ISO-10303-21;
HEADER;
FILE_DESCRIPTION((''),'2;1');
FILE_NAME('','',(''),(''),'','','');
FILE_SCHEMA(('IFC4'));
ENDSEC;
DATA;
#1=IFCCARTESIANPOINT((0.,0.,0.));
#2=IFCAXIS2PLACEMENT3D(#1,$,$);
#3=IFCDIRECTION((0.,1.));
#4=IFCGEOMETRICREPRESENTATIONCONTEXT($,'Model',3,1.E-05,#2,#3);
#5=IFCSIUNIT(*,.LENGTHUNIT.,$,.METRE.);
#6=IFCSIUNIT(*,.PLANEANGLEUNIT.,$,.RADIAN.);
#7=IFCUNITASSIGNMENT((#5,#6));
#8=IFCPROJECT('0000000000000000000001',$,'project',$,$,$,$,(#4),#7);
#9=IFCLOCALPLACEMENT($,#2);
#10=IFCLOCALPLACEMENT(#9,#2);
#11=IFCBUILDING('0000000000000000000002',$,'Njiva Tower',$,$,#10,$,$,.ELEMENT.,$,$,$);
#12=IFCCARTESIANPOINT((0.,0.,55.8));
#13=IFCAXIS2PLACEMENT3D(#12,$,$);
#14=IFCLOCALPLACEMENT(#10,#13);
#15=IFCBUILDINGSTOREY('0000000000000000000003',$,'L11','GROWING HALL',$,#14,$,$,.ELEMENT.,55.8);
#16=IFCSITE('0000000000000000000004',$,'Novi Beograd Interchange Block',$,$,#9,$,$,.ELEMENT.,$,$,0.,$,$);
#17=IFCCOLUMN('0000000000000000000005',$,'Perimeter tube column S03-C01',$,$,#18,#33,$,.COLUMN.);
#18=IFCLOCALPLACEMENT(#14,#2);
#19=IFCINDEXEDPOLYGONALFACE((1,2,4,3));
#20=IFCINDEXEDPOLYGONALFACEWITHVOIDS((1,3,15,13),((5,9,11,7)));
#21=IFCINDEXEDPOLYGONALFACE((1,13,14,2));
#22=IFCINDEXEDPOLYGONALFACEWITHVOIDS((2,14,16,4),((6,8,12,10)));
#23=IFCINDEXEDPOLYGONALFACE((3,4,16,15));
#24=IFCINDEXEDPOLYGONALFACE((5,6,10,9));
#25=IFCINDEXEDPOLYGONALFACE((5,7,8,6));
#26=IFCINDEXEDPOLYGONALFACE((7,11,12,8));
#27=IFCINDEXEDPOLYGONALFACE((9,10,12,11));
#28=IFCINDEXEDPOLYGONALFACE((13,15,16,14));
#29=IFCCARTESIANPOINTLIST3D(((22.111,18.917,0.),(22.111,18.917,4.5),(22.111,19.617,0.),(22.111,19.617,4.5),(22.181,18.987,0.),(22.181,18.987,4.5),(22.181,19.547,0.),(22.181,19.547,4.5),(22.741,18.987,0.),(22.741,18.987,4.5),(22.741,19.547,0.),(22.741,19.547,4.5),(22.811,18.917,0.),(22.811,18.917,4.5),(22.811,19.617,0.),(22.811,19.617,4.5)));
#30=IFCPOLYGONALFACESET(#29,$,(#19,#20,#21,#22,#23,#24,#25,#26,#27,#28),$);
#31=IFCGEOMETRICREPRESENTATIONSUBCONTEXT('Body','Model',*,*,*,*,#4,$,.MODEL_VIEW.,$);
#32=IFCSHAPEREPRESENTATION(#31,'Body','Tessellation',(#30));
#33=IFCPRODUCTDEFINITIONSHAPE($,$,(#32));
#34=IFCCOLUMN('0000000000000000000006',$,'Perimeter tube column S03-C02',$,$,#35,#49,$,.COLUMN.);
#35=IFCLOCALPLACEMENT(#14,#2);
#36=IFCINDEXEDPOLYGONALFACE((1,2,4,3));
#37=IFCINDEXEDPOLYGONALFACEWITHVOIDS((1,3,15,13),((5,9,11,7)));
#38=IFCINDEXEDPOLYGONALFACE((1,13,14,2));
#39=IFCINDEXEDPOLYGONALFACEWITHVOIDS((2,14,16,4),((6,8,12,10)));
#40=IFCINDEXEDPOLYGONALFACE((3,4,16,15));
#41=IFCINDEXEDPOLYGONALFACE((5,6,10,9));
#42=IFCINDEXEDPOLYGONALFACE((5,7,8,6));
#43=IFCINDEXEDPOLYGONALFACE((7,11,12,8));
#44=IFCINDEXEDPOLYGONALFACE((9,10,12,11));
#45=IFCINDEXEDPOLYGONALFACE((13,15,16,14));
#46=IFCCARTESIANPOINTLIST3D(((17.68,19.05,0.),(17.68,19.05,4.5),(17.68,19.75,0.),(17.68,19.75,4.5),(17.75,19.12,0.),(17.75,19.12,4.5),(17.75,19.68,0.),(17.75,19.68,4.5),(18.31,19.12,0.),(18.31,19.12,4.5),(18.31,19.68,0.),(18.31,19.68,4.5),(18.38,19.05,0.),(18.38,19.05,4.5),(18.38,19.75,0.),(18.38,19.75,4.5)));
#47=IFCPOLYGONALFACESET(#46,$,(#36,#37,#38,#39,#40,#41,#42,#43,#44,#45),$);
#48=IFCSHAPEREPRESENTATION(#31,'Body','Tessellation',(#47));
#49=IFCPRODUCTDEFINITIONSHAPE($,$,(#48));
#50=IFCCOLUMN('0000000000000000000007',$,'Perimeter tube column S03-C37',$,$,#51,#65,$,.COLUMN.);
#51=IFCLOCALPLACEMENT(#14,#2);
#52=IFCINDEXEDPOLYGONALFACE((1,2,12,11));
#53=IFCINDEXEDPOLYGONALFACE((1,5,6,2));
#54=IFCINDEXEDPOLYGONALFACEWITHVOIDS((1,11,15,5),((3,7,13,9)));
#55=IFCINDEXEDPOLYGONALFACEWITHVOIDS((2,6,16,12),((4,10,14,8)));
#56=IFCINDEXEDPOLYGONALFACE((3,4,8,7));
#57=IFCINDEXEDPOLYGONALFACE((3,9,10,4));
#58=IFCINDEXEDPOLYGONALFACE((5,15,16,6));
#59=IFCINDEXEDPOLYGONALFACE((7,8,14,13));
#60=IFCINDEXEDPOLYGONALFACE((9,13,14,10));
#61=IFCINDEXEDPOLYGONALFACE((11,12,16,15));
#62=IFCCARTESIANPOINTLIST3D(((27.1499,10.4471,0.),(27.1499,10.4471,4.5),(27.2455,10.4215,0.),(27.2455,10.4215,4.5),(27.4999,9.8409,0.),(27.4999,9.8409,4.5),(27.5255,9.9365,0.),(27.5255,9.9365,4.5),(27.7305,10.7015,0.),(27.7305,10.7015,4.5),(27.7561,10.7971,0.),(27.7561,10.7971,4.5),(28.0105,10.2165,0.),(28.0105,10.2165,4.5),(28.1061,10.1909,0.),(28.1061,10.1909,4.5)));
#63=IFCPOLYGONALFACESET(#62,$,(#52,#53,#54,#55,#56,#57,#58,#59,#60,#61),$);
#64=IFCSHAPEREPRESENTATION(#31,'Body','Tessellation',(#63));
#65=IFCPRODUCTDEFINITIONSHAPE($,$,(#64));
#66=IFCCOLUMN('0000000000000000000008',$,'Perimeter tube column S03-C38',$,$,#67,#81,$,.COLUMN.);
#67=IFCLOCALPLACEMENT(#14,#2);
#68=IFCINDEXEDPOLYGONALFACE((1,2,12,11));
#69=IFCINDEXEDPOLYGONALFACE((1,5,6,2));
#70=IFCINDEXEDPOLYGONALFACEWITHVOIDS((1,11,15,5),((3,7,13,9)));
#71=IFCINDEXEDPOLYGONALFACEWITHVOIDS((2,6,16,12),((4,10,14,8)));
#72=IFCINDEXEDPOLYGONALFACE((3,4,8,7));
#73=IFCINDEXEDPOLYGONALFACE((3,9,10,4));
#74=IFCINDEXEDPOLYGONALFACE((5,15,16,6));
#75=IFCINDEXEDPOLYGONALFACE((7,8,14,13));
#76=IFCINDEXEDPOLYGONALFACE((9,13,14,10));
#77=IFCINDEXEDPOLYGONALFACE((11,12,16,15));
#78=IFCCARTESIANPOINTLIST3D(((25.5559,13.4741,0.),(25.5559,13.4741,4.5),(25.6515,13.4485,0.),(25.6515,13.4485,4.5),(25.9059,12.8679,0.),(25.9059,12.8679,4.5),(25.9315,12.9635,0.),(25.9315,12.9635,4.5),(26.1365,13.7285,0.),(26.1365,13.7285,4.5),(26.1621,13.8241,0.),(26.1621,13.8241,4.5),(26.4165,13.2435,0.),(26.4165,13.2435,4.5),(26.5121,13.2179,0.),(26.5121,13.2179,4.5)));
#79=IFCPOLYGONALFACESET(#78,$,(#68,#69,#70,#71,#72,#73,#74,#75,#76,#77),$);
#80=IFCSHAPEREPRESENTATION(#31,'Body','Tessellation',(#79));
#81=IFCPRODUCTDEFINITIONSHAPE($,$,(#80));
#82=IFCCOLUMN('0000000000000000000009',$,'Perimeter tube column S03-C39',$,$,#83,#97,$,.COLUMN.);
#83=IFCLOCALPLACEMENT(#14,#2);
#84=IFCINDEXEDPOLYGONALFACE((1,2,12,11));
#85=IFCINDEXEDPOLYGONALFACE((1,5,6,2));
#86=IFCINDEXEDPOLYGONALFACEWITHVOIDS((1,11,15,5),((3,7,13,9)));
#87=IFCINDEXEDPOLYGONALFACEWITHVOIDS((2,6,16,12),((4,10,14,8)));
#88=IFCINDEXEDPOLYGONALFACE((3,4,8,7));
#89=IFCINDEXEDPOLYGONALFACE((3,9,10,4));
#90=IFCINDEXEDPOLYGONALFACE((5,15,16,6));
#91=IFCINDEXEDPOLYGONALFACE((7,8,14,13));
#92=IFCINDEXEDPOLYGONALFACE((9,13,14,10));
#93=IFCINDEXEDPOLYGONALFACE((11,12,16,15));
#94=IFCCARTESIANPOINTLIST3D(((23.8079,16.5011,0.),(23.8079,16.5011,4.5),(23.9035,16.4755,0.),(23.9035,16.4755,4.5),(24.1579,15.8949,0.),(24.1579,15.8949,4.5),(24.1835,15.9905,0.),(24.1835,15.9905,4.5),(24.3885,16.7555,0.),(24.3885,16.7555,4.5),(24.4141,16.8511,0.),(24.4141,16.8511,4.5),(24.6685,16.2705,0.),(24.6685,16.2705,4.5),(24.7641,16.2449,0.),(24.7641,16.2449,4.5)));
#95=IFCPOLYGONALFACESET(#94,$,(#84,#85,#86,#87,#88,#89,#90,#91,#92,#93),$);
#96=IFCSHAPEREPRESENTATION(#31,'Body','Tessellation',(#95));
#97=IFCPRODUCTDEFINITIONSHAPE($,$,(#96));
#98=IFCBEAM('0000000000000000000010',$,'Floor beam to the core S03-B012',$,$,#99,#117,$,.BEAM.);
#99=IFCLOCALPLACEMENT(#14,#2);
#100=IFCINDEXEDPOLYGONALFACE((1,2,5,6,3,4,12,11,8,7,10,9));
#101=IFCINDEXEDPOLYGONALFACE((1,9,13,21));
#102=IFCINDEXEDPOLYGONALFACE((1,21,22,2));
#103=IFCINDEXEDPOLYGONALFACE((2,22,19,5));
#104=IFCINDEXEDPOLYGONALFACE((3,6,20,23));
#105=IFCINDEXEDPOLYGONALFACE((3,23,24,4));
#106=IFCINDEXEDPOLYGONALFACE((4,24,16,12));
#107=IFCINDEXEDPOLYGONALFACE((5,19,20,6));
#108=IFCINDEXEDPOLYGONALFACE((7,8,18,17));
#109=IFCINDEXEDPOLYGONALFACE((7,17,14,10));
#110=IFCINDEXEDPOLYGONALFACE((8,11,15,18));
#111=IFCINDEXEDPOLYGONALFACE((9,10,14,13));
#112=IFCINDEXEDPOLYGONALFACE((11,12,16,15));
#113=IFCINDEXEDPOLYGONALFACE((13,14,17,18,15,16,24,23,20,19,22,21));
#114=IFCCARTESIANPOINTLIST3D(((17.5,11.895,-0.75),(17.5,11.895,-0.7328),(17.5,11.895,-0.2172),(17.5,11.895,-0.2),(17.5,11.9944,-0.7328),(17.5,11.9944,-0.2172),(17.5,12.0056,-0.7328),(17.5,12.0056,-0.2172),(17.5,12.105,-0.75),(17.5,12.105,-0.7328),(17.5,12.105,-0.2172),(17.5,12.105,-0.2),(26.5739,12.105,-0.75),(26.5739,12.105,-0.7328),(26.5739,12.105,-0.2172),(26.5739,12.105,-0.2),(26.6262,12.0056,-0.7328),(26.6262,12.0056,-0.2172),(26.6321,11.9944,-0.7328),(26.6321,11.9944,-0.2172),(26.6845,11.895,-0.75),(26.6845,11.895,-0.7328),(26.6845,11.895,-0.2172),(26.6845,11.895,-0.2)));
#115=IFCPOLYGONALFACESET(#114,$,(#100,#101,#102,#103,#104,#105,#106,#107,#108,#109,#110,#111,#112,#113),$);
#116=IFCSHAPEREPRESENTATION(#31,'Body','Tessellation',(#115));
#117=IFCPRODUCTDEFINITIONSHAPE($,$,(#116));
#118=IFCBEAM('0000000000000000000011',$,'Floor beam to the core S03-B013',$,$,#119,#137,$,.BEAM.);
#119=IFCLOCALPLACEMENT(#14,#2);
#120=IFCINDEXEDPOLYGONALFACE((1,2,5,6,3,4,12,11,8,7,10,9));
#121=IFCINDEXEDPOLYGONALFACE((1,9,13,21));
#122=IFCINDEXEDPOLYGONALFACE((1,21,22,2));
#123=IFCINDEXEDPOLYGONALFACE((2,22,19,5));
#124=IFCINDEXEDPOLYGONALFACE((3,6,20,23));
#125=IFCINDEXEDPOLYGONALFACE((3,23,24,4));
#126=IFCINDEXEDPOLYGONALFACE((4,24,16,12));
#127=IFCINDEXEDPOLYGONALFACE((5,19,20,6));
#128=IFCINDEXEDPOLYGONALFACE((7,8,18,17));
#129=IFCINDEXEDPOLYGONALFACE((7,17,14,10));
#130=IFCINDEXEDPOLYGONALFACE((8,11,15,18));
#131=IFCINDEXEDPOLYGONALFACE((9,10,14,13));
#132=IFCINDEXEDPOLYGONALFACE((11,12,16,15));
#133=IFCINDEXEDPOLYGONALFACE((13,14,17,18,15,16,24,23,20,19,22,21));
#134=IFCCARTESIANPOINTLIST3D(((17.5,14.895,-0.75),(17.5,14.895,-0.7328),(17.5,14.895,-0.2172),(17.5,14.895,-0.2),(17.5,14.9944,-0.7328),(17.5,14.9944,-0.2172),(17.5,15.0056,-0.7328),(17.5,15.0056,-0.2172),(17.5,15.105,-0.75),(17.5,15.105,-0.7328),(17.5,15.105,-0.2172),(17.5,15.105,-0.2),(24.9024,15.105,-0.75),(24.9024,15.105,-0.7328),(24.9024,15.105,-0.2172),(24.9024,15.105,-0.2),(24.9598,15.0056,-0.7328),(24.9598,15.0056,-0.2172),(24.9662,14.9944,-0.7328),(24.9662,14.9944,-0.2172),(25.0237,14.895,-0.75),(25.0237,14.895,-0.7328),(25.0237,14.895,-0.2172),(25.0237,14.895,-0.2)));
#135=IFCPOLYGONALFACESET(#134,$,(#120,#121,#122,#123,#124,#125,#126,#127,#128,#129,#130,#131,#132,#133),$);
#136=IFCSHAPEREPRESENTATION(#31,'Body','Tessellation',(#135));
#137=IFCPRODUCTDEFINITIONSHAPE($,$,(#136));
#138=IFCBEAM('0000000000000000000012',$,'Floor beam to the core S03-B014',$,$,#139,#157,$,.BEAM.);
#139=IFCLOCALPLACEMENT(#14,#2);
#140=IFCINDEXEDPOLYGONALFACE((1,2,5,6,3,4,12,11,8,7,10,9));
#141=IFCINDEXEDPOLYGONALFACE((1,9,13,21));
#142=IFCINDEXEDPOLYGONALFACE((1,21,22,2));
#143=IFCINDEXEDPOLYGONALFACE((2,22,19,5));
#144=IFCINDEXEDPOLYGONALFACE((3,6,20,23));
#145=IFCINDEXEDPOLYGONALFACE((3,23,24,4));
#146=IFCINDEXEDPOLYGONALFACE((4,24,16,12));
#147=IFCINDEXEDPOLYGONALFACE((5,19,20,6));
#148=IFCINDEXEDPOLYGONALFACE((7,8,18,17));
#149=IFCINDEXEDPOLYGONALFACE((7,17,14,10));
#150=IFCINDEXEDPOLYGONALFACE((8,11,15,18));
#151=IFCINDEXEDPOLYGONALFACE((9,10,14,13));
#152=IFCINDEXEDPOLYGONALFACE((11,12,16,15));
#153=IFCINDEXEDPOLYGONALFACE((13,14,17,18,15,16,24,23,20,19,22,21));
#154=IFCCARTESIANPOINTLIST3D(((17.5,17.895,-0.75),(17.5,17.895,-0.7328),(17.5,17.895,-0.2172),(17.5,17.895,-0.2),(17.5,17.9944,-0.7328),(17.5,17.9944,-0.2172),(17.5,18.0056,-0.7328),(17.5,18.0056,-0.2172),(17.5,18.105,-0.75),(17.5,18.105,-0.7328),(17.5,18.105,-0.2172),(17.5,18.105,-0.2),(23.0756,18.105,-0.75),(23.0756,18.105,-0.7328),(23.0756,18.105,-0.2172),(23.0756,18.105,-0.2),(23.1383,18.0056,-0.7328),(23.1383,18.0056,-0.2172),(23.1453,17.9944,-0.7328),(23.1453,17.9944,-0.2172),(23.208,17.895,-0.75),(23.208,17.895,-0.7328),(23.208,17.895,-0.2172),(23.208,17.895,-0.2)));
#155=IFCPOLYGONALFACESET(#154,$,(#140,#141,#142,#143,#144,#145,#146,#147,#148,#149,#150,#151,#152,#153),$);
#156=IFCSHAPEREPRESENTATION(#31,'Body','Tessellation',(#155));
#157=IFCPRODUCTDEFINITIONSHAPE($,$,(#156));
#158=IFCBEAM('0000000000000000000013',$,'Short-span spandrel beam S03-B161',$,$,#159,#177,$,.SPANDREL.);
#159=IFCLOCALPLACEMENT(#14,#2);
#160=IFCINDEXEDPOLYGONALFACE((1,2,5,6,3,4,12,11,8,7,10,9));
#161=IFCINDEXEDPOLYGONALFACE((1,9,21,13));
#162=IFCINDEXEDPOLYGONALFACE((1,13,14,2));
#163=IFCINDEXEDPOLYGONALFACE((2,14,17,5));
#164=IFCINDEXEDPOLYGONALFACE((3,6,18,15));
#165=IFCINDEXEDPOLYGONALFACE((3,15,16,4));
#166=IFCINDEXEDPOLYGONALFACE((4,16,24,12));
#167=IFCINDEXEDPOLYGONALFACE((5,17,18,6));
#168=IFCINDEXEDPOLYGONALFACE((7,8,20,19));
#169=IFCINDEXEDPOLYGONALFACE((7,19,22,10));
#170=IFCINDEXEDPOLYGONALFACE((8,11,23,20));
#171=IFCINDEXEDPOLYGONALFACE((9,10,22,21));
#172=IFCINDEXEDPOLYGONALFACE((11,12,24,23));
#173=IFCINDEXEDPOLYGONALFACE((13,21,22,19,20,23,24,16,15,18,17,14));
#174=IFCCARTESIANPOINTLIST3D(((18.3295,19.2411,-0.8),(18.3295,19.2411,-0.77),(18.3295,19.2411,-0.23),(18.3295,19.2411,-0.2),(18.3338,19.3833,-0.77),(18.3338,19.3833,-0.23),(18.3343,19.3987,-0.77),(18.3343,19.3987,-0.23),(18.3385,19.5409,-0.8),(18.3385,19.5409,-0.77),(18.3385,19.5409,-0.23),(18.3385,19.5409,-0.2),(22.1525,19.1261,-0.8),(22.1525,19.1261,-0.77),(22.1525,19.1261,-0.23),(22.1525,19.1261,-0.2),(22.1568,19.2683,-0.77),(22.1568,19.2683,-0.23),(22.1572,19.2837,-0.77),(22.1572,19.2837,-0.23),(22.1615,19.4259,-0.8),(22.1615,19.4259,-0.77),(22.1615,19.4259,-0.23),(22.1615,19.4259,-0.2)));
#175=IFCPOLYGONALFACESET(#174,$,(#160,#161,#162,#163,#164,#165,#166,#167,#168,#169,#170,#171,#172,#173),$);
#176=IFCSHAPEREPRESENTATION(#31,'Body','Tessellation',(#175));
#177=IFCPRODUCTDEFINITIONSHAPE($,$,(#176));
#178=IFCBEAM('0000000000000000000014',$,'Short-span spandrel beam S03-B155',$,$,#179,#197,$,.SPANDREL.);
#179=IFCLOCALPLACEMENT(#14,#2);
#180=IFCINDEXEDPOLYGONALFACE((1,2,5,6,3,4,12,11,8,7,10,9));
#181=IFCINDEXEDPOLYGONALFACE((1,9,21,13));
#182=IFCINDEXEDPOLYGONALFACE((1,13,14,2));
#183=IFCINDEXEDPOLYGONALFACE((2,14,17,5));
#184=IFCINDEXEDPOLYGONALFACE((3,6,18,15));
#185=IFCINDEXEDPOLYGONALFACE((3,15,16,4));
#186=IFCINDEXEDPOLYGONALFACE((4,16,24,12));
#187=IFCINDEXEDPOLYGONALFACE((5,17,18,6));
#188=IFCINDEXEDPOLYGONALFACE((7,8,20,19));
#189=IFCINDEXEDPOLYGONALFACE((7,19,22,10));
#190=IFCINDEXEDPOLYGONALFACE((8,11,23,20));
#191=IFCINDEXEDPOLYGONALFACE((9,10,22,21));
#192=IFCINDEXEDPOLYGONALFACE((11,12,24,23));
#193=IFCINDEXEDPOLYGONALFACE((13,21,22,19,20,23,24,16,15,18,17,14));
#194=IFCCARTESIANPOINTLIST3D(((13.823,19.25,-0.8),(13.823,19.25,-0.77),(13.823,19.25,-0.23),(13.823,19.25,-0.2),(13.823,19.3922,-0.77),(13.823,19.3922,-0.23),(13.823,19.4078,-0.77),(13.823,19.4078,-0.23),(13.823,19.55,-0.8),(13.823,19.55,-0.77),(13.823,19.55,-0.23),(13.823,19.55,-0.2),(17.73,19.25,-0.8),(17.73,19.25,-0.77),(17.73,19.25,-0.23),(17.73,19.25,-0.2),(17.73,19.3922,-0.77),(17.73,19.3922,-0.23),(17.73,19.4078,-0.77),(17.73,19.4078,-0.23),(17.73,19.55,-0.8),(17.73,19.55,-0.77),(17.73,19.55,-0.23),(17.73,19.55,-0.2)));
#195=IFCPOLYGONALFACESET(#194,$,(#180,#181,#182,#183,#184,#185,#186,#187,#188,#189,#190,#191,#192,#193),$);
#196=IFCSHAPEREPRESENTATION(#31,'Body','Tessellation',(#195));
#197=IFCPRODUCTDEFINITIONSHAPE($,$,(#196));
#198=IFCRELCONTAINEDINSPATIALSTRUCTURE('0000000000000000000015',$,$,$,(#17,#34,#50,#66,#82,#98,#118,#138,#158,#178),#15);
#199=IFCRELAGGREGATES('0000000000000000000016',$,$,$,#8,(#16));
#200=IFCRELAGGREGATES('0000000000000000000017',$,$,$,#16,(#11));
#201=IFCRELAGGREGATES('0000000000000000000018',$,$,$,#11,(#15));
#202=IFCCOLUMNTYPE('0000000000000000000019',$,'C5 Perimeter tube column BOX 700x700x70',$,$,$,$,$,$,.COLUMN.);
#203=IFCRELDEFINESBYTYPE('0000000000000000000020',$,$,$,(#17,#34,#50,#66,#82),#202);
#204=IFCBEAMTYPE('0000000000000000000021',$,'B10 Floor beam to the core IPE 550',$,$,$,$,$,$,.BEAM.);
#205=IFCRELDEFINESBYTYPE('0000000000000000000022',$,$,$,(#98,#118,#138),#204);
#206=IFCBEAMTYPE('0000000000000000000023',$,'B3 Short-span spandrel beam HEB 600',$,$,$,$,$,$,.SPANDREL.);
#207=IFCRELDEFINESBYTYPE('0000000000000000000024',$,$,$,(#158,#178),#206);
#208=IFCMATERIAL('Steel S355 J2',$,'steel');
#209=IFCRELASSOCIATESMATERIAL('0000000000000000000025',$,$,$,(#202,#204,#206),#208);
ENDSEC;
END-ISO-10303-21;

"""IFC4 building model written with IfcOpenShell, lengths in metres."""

from ifc_helpers import new_model, si_unit, direction, frame, origin, origin_2d, place, context, subcontext, project, spatial, hollow_rectangle, i_section, extrude, clip, halfspace, material, material_profile, profile_set, type_object, element, save


model = new_model("IFC4")

# Units and contexts
model_context = context("Model", 3, precision=1e-05, world=origin(), true_north=direction((0.0, 1.0)))
body_context = subcontext(model_context, "Body", "Model", "MODEL_VIEW")
ifc_project = project(units=[si_unit("LENGTHUNIT", "METRE"), si_unit("PLANEANGLEUNIT", "RADIAN")], contexts=[model_context])

# Site, building, storey
site_placement = place(None, origin())
site = spatial("IfcSite", under=ifc_project, at=site_placement, Name="Novi Beograd Interchange Block", CompositionType="ELEMENT", RefElevation=0.0)
building_placement = place(site_placement, origin())
building = spatial("IfcBuilding", under=site, at=building_placement, Name="Njiva Tower", CompositionType="ELEMENT")
storey_placement = place(building_placement, frame((0.0, 0.0, 55.8)))
storey = spatial("IfcBuildingStorey", under=building, at=storey_placement, Name="L11", Description="GROWING HALL", CompositionType="ELEMENT", Elevation=55.8)

# Columns
ifc_material_1 = material(Name="Steel S355 J2", Category="steel")
ifc_material_profile_1 = material_profile(ifc_material_1, hollow_rectangle(XDim=0.7, YDim=0.7, WallThickness=0.07, at=origin_2d()), Name="BOX 700x700x70")
ifc_profile_set_1 = profile_set([ifc_material_profile_1], Name="Steel S355 J2")
column_type = type_object("IfcColumnType", Name="C5 Perimeter tube column BOX 700x700x70", PredefinedType="COLUMN", material=ifc_profile_set_1)
for number, where, z_axis, x_axis, name in (
    (1, (22.461, 19.267, 0.0), (0.0, 0.0, 1.0), (-1.0, 0.0, 0.0), "Perimeter tube column S03-C01"),
    (2, (18.03, 19.4, 0.0), (0.0, 0.0, 1.0), (-1.0, 0.0, 0.0), "Perimeter tube column S03-C02"),
    (3, (27.628, 10.319, 0.0), (0.0, 0.0, 1.0), (-0.5, 0.866025, 0.0), "Perimeter tube column S03-C37"),
    (4, (26.034, 13.346, 0.0), (0.0, 0.0, 1.0), (-0.5, 0.866025, 0.0), "Perimeter tube column S03-C38"),
    (5, (24.286, 16.373, 0.0), (0.0, 0.0, 1.0), (-0.5, 0.866025, 0.0), "Perimeter tube column S03-C39"),
):
    element("IfcColumn", number, at=place(storey_placement, frame(where, z_axis=z_axis, x_axis=x_axis)), inside=storey, type_object=column_type, Name=name, PredefinedType="COLUMN", context=body_context, shape_type="SweptSolid", body=[
        extrude(hollow_rectangle(XDim=0.7, YDim=0.7, WallThickness=0.07, at=origin_2d()), origin(), (0.0, 0.0, 1.0), 4.5),
    ])

# Beams
ifc_material_profile_2 = material_profile(ifc_material_1, i_section(OverallWidth=0.21, OverallDepth=0.55, WebThickness=0.0111, FlangeThickness=0.0172, at=origin_2d()), Name="IPE 550")
ifc_profile_set_2 = profile_set([ifc_material_profile_2], Name="Steel S355 J2")
beam_type_1 = type_object("IfcBeamType", Name="B10 Floor beam to the core IPE 550", PredefinedType="BEAM", material=ifc_profile_set_2)
beam_1_placement = place(storey_placement, frame((17.5, 12.0, -0.475), z_axis=(1.0, 0.0, 0.0), x_axis=(0.0, 1.0, 0.0)))
element("IfcBeam", 6, at=beam_1_placement, inside=storey, type_object=beam_type_1, Name="Floor beam to the core S03-B012", PredefinedType="BEAM", context=body_context, shape_type="Clipping", body=[
    clip(extrude(i_section(OverallWidth=0.21, OverallDepth=0.55, WebThickness=0.0111, FlangeThickness=0.0172, at=origin_2d()), origin(), (0.0, 0.0, 1.0), 9.204), halfspace(frame((0.0233, 0.0, 9.1169), z_axis=(0.465931, 0.0, 0.884821), x_axis=(0.0, 1.0, 0.0)), False)),
])
beam_2_placement = place(storey_placement, frame((17.5, 15.0, -0.475), z_axis=(1.0, 0.0, 0.0), x_axis=(0.0, 1.0, 0.0)))
element("IfcBeam", 7, at=beam_2_placement, inside=storey, type_object=beam_type_1, Name="Floor beam to the core S03-B013", PredefinedType="BEAM", context=body_context, shape_type="Clipping", body=[
    clip(extrude(i_section(OverallWidth=0.21, OverallDepth=0.55, WebThickness=0.0111, FlangeThickness=0.0172, at=origin_2d()), origin(), (0.0, 0.0, 1.0), 7.544), halfspace(frame((0.025, 0.0, 7.4486), z_axis=(0.499998, 0.0, 0.866027), x_axis=(0.0, 1.0, 0.0)), False)),
])
beam_3_placement = place(storey_placement, frame((17.5, 18.0, -0.475), z_axis=(1.0, 0.0, 0.0), x_axis=(0.0, 1.0, 0.0)))
element("IfcBeam", 8, at=beam_3_placement, inside=storey, type_object=beam_type_1, Name="Floor beam to the core S03-B014", PredefinedType="BEAM", context=body_context, shape_type="Clipping", body=[
    clip(extrude(i_section(OverallWidth=0.21, OverallDepth=0.55, WebThickness=0.0111, FlangeThickness=0.0172, at=origin_2d()), origin(), (0.0, 0.0, 1.0), 5.728), halfspace(frame((0.0267, 0.0, 5.625), z_axis=(0.533317, 0.0, 0.845915), x_axis=(0.0, 1.0, 0.0)), False)),
])
ifc_material_profile_3 = material_profile(ifc_material_1, i_section(OverallWidth=0.3, OverallDepth=0.6, WebThickness=0.0155, FlangeThickness=0.03, at=origin_2d()), Name="HEB 600")
ifc_profile_set_3 = profile_set([ifc_material_profile_3], Name="Steel S355 J2")
beam_type_2 = type_object("IfcBeamType", Name="B3 Short-span spandrel beam HEB 600", PredefinedType="SPANDREL", material=ifc_profile_set_3)
beam_4_placement = place(storey_placement, frame((22.157, 19.276, -0.5), z_axis=(-0.999548, 0.030067, 0.0), x_axis=(-0.030067, -0.999548, 0.0)))
element("IfcBeam", 9, at=beam_4_placement, inside=storey, type_object=beam_type_2, Name="Short-span spandrel beam S03-B161", PredefinedType="SPANDREL", context=body_context, shape_type="SweptSolid", body=[
    extrude(i_section(OverallWidth=0.3, OverallDepth=0.6, WebThickness=0.0155, FlangeThickness=0.03, at=origin_2d()), origin(), (0.0, 0.0, 1.0), 3.8247),
])
beam_5_placement = place(storey_placement, frame((17.73, 19.4, -0.5), z_axis=(-1.0, 0.0, 0.0), x_axis=(0.0, -1.0, 0.0)))
element("IfcBeam", 10, at=beam_5_placement, inside=storey, type_object=beam_type_2, Name="Short-span spandrel beam S03-B155", PredefinedType="SPANDREL", context=body_context, shape_type="SweptSolid", body=[
    extrude(i_section(OverallWidth=0.3, OverallDepth=0.6, WebThickness=0.0155, FlangeThickness=0.03, at=origin_2d()), origin(), (0.0, 0.0, 1.0), 3.907),
])

save(model, "model.ifc")
